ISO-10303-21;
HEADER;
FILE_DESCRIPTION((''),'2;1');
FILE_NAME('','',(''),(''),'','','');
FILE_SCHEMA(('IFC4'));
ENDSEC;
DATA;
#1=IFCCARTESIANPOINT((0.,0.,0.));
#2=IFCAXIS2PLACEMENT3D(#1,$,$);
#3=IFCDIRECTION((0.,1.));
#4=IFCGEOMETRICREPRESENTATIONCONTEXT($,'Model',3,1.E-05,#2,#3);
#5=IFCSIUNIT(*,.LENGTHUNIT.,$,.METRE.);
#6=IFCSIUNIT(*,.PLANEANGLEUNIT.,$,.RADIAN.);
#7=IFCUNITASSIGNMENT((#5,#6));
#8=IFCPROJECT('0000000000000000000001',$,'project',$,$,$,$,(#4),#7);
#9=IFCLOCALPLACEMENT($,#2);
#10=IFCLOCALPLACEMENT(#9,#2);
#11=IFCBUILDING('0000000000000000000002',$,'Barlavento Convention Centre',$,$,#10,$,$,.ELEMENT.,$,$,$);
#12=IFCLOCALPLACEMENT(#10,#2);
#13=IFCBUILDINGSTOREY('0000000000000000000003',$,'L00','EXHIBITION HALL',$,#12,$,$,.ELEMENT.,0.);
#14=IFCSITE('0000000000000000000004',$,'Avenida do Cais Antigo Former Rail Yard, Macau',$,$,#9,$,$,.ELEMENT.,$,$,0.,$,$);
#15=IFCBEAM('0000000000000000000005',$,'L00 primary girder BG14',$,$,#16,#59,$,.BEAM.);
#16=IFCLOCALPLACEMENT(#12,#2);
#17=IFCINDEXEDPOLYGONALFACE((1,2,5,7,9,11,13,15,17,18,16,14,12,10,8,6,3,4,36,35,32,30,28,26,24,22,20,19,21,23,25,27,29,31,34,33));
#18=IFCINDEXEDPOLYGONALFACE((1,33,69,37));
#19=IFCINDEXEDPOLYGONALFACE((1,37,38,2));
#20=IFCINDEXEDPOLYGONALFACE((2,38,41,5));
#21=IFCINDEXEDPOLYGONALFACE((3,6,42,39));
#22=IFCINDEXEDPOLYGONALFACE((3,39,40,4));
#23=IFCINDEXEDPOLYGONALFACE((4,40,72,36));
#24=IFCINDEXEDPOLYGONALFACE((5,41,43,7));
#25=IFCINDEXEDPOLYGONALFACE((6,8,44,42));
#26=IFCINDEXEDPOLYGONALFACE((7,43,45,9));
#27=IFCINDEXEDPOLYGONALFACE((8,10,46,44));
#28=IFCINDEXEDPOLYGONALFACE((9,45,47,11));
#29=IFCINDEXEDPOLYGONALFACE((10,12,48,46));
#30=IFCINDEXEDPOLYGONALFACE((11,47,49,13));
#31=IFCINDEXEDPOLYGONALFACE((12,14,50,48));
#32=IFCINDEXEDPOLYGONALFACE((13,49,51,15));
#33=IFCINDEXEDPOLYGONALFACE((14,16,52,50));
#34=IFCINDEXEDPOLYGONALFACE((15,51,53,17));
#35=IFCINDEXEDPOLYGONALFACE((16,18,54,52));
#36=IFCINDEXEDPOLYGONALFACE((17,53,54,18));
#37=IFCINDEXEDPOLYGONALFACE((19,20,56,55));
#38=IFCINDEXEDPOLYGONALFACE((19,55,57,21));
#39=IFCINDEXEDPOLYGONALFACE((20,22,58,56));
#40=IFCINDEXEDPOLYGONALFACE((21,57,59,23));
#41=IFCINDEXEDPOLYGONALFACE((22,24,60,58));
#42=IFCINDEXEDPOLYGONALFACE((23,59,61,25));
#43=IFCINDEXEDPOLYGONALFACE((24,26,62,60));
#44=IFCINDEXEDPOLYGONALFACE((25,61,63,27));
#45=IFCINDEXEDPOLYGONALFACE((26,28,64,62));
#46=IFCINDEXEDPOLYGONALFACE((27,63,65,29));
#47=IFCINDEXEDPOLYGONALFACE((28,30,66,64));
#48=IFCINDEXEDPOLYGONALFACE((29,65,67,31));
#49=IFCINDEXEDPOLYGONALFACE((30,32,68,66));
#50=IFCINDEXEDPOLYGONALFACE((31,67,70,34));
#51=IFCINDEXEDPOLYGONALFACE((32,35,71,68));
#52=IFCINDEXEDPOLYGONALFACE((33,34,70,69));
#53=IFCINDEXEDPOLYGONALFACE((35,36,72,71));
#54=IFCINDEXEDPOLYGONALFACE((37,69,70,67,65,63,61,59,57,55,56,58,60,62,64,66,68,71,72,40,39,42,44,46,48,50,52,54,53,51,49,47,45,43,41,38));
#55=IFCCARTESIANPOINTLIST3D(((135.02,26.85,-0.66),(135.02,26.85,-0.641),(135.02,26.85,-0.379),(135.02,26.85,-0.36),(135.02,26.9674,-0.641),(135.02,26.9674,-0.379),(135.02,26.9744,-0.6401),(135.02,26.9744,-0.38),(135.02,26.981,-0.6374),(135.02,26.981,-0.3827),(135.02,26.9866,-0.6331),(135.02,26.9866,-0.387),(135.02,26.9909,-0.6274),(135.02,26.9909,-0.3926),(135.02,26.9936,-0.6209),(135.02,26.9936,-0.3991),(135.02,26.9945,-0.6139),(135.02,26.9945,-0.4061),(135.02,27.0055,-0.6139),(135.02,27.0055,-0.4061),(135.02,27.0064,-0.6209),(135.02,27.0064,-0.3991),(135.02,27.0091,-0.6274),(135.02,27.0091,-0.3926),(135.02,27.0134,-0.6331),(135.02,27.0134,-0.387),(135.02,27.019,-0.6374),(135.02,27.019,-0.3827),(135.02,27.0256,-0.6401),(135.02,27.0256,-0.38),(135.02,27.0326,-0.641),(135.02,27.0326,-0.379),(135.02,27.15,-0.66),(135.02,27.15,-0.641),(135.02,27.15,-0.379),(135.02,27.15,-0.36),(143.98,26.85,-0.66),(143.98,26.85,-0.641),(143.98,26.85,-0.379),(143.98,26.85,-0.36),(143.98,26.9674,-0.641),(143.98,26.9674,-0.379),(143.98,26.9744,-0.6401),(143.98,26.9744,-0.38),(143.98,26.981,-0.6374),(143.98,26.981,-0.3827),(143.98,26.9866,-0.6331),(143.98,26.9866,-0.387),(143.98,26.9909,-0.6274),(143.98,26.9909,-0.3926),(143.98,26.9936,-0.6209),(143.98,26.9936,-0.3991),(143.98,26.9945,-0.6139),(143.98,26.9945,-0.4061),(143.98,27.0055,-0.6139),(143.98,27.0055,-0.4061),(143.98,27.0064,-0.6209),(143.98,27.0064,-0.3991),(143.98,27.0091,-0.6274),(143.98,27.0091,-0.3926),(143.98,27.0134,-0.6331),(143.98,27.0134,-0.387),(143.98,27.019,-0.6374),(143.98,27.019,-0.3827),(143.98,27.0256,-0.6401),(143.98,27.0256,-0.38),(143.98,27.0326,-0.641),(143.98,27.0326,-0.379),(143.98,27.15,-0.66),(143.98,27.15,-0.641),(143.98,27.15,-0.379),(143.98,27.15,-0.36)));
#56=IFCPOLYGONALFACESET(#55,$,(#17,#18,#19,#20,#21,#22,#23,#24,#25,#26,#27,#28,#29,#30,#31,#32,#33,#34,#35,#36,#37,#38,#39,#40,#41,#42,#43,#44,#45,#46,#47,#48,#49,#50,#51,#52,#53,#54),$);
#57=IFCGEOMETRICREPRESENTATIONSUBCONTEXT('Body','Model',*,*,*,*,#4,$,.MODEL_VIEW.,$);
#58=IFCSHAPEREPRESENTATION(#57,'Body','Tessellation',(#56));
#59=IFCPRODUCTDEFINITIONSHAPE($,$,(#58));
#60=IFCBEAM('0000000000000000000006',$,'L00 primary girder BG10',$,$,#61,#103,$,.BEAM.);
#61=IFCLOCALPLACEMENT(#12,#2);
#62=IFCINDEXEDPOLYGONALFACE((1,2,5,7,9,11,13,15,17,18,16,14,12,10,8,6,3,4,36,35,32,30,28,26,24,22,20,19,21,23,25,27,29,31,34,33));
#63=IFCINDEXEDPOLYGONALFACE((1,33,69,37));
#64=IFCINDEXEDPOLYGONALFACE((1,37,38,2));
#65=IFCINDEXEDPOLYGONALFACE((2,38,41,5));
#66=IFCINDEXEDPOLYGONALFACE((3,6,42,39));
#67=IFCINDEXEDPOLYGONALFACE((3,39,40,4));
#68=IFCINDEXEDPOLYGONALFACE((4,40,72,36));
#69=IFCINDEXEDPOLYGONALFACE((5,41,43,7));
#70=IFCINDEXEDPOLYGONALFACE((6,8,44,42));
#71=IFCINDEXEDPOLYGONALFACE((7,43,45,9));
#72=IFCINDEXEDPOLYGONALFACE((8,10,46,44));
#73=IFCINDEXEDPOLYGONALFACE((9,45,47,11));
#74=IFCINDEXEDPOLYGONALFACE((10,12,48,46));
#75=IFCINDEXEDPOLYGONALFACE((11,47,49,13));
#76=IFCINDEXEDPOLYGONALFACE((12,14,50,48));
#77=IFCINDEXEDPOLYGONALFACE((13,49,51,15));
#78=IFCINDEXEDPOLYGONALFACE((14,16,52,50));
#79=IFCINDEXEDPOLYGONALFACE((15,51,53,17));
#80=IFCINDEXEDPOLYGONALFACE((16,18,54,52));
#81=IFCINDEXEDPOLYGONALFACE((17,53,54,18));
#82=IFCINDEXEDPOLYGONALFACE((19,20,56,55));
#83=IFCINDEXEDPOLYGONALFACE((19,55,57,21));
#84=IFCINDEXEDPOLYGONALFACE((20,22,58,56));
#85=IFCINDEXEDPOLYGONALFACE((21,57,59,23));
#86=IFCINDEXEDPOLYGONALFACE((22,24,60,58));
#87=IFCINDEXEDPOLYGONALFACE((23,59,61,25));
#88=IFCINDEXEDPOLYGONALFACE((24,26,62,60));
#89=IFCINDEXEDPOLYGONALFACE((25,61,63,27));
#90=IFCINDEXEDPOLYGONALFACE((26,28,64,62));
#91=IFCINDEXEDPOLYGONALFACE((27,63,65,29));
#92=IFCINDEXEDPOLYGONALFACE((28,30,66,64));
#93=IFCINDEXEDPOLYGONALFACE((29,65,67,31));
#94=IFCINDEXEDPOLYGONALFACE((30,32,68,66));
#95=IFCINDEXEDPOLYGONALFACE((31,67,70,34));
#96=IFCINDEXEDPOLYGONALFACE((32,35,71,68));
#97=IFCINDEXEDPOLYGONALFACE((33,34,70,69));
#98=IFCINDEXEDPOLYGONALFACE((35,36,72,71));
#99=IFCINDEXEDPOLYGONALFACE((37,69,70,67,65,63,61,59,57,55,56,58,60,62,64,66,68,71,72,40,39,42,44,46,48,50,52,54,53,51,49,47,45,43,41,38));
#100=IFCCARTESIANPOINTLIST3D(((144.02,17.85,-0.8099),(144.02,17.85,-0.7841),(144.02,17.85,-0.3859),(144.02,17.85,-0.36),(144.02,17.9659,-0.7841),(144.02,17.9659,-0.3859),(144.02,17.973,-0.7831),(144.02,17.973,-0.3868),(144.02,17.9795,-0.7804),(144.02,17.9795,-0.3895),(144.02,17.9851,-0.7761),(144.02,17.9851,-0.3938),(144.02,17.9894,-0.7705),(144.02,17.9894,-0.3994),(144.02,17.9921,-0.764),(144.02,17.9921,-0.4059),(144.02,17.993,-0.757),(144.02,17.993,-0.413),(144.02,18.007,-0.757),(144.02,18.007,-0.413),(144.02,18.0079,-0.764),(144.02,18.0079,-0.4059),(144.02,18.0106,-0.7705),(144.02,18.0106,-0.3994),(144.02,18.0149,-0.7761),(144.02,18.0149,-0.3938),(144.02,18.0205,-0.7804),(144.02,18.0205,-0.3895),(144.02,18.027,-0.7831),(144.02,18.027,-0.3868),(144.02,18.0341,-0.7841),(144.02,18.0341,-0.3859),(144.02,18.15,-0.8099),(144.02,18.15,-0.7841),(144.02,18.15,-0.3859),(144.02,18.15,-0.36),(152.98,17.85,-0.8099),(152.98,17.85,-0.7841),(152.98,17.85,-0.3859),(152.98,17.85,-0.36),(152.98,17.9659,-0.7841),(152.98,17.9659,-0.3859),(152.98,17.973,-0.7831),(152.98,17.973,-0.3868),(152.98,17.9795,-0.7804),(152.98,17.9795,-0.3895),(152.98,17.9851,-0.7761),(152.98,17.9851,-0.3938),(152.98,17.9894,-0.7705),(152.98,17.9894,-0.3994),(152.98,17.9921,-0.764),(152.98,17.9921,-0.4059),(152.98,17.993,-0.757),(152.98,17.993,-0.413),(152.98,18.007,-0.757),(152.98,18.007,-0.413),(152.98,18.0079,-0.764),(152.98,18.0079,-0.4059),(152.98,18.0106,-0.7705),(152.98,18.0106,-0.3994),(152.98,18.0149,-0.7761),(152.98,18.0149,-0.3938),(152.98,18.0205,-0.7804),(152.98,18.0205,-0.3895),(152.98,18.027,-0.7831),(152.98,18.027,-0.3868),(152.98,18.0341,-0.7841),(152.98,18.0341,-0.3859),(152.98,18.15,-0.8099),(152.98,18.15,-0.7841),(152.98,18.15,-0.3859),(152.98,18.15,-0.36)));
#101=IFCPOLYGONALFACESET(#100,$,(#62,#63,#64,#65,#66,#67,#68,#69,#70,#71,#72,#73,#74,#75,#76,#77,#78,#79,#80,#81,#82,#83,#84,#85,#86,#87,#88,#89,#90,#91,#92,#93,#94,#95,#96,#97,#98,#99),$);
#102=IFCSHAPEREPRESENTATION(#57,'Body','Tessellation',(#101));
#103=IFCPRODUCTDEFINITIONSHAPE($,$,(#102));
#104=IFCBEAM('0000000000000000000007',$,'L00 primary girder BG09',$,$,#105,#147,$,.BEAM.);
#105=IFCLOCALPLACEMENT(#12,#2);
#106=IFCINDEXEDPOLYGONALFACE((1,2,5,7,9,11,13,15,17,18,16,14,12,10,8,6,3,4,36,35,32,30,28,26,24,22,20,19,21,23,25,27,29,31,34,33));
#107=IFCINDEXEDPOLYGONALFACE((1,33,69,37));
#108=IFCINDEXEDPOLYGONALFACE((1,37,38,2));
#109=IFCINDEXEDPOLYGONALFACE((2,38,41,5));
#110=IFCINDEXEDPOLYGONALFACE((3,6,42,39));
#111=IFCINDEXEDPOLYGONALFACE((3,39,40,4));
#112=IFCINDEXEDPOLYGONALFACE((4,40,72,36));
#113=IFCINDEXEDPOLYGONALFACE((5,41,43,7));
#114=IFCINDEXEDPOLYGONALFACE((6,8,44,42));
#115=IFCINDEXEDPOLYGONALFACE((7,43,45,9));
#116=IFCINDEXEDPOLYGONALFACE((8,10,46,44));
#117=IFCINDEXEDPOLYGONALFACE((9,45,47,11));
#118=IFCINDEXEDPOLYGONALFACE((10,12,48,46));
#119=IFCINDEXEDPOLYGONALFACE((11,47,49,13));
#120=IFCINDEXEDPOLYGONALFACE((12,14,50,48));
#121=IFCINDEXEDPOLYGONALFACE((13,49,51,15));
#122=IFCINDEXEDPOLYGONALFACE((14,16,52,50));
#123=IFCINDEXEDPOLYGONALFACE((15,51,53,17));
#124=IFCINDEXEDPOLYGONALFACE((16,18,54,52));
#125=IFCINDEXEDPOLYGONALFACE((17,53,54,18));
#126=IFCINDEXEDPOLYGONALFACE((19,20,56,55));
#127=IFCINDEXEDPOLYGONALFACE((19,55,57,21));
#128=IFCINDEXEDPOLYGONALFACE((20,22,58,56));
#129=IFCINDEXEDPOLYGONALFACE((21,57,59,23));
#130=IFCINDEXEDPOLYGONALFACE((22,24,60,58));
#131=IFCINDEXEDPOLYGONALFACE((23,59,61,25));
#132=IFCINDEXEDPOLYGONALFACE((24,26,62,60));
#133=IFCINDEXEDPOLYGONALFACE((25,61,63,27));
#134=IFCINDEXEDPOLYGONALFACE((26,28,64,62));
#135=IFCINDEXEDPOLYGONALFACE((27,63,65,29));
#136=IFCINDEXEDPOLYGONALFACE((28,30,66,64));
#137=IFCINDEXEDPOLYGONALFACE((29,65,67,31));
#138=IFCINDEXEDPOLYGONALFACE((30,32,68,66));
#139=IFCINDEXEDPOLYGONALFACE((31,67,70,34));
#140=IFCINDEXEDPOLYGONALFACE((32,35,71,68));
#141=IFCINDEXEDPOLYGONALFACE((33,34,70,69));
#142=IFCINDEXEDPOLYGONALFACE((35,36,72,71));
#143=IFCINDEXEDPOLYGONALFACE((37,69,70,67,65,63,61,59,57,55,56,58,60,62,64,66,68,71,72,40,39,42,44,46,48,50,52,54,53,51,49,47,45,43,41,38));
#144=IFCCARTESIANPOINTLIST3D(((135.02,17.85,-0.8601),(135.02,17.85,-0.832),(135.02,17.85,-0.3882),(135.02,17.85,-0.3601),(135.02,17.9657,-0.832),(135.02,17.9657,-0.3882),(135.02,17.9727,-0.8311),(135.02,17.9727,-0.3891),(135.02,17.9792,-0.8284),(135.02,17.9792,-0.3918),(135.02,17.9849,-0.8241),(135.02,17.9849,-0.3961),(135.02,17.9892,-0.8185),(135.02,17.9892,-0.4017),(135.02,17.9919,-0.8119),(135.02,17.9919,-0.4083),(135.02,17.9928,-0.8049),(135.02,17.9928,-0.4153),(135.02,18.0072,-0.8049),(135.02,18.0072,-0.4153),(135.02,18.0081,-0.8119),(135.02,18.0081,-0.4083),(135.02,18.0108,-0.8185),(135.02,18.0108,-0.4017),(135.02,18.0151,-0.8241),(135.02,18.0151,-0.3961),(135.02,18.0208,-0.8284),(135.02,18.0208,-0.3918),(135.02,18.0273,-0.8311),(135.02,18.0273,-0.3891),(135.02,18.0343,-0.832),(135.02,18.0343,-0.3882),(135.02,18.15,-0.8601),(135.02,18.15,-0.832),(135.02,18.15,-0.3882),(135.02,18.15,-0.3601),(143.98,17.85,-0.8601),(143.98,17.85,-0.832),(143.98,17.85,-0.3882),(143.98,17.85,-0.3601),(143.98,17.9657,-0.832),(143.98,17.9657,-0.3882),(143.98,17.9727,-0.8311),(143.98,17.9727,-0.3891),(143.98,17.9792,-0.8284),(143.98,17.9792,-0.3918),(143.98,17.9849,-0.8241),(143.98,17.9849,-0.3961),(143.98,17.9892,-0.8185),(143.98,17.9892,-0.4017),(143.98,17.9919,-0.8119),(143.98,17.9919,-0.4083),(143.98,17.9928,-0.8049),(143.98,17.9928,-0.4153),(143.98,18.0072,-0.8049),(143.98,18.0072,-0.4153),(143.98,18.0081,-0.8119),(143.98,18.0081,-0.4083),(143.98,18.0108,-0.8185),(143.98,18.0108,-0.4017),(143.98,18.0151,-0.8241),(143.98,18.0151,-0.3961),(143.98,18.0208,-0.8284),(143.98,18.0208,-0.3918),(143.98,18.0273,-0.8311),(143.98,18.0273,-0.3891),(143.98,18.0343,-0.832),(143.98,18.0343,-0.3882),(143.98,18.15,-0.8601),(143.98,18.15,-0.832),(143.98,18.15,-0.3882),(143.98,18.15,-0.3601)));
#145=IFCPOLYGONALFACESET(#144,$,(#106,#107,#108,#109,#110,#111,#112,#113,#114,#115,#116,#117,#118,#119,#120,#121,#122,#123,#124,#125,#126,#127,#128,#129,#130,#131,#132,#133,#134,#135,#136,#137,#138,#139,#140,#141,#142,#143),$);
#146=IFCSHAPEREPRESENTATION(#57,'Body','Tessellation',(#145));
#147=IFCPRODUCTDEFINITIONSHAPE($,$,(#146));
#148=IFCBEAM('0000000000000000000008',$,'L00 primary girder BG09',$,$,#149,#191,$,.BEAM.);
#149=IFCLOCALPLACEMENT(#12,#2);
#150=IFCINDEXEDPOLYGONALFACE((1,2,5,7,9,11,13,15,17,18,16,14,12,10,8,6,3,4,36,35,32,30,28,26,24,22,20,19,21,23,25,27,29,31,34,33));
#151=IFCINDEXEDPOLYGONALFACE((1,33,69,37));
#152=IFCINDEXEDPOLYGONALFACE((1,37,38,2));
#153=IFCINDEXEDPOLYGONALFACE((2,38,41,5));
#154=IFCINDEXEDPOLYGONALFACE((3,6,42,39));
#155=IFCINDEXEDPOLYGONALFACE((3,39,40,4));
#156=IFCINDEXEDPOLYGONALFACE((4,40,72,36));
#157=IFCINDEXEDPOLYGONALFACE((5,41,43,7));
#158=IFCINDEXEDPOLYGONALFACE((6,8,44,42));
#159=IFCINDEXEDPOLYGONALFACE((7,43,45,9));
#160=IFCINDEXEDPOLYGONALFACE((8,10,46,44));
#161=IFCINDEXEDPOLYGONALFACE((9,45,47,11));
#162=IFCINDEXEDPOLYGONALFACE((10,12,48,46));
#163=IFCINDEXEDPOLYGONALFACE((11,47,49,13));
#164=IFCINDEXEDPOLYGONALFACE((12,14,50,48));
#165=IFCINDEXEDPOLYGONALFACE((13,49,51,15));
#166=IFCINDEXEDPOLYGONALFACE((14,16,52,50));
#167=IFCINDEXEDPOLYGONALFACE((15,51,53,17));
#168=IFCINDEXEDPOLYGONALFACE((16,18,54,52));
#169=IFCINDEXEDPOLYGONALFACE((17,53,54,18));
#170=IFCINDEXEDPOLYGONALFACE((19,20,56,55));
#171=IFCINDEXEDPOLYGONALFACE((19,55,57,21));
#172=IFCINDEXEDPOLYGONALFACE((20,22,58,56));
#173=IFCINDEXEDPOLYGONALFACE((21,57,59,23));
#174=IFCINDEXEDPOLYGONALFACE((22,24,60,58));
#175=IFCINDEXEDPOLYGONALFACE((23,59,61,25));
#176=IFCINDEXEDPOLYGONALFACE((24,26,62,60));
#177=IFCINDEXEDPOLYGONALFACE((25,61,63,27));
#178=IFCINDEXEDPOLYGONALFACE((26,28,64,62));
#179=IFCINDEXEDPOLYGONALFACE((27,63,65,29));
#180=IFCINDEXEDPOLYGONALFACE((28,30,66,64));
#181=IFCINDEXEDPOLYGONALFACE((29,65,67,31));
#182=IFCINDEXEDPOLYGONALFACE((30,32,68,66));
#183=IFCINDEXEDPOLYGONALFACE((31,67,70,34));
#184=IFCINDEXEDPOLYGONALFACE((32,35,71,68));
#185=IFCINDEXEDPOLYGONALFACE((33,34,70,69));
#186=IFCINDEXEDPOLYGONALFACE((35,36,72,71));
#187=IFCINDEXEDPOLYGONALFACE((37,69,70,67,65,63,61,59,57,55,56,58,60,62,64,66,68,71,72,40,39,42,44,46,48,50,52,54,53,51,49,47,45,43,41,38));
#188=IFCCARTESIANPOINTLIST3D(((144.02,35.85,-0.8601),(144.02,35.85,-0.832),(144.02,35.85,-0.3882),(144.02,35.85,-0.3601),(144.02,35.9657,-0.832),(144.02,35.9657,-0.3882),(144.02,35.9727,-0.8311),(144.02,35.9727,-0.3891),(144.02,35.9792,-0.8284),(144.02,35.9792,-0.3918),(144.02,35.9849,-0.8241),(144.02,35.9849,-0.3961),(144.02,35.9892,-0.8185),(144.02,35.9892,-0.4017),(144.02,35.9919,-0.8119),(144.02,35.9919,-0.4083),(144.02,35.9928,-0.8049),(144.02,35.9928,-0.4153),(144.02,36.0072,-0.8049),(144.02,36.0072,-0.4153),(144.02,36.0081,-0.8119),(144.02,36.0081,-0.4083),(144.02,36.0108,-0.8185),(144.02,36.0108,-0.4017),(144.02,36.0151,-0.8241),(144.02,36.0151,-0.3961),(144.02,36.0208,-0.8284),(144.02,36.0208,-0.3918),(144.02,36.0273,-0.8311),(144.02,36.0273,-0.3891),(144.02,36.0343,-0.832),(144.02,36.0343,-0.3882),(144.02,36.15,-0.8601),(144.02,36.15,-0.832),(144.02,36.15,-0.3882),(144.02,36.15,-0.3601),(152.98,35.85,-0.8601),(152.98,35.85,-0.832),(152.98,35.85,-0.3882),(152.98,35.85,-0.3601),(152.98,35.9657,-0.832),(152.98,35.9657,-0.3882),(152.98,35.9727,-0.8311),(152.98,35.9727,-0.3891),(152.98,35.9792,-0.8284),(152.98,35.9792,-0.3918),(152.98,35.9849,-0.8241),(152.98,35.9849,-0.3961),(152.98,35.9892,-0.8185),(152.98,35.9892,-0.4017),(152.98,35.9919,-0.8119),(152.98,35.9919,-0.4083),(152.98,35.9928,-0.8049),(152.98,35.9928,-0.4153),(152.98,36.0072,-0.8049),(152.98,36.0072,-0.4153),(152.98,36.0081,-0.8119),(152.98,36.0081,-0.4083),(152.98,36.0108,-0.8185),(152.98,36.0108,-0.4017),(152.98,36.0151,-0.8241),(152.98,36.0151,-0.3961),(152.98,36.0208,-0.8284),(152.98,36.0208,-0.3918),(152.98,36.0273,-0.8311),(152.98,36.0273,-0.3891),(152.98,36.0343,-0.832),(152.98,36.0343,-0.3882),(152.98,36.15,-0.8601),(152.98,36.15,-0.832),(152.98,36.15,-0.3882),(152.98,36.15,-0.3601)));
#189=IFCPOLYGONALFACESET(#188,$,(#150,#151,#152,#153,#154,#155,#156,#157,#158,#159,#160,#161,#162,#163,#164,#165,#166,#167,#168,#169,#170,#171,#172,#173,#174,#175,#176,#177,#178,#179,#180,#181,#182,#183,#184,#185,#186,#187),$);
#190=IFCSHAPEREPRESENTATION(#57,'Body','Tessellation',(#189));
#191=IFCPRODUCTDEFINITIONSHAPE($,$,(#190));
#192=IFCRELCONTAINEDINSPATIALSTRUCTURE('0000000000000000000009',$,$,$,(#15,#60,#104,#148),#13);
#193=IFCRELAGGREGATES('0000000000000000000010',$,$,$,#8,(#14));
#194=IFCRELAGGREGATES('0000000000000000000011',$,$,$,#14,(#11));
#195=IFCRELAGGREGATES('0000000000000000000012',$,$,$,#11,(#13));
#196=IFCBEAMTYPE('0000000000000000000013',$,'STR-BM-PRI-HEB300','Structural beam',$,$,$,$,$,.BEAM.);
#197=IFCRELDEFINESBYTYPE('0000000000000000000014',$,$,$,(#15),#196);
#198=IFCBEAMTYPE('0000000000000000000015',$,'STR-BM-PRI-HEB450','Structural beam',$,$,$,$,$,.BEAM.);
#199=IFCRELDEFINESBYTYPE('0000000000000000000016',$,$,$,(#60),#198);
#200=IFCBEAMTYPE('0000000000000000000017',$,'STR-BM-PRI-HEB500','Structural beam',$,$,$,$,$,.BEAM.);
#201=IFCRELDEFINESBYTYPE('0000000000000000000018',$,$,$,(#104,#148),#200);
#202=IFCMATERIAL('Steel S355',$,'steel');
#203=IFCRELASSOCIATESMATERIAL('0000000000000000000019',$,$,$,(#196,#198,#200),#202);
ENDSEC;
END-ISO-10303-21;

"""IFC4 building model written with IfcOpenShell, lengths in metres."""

from ifc_helpers import new_model, si_unit, direction, frame, origin, origin_2d, place, context, subcontext, project, spatial, i_section, extrude, material, material_profile, profile_set, type_object, element, save


model = new_model("IFC4")

# Units and contexts
model_context = context("Model", 3, precision=1e-05, world=origin(), true_north=direction((0.0, 1.0)))
body_context = subcontext(model_context, "Body", "Model", "MODEL_VIEW")
ifc_project = project(units=[si_unit("LENGTHUNIT", "METRE"), si_unit("PLANEANGLEUNIT", "RADIAN")], contexts=[model_context])

# Site, building, storey
site_placement = place(None, origin())
site = spatial("IfcSite", under=ifc_project, at=site_placement, Name="Avenida do Cais Antigo Former Rail Yard, Macau", CompositionType="ELEMENT", RefElevation=0.0)
building_placement = place(site_placement, origin())
building = spatial("IfcBuilding", under=site, at=building_placement, Name="Barlavento Convention Centre", CompositionType="ELEMENT")
storey_placement = place(building_placement, origin())
storey = spatial("IfcBuildingStorey", under=building, at=storey_placement, Name="L00", Description="EXHIBITION HALL", CompositionType="ELEMENT", Elevation=0.0)

# Beams
ifc_material_1 = material(Name="Steel S355", Category="steel")
ifc_material_profile_1 = material_profile(ifc_material_1, i_section(OverallWidth=0.3, OverallDepth=0.3, WebThickness=0.011, FlangeThickness=0.019, FilletRadius=0.0271, at=origin_2d()), Name="HEB 300")
ifc_profile_set_1 = profile_set([ifc_material_profile_1], Name="Steel S355")
beam_type_1 = type_object("IfcBeamType", Name="STR-BM-PRI-HEB300", Description="Structural beam", PredefinedType="BEAM", material=ifc_profile_set_1)
beam_1_placement = place(storey_placement, frame((135.02, 27.0, -0.51), z_axis=(1.0, 0.0, 0.0), x_axis=(0.0, 1.0, 0.0)))
element("IfcBeam", 1, at=beam_1_placement, inside=storey, type_object=beam_type_1, Name="L00 primary girder BG14", PredefinedType="BEAM", context=body_context, shape_type="SweptSolid", body=[
    extrude(i_section(OverallWidth=0.3, OverallDepth=0.3, WebThickness=0.011, FlangeThickness=0.019, FilletRadius=0.0271, at=origin_2d()), origin(), (0.0, 0.0, 1.0), 8.96),
])
ifc_material_profile_2 = material_profile(ifc_material_1, i_section(OverallWidth=0.3, OverallDepth=0.45, WebThickness=0.0139, FlangeThickness=0.0259, FilletRadius=0.0271, at=origin_2d()), Name="HEB 450")
ifc_profile_set_2 = profile_set([ifc_material_profile_2], Name="Steel S355")
beam_type_2 = type_object("IfcBeamType", Name="STR-BM-PRI-HEB450", Description="Structural beam", PredefinedType="BEAM", material=ifc_profile_set_2)
beam_2_placement = place(storey_placement, frame((144.02, 18.0, -0.585), z_axis=(1.0, 0.0, 0.0), x_axis=(0.0, 1.0, 0.0)))
element("IfcBeam", 2, at=beam_2_placement, inside=storey, type_object=beam_type_2, Name="L00 primary girder BG10", PredefinedType="BEAM", context=body_context, shape_type="SweptSolid", body=[
    extrude(i_section(OverallWidth=0.3, OverallDepth=0.45, WebThickness=0.0139, FlangeThickness=0.0259, FilletRadius=0.0271, at=origin_2d()), origin(), (0.0, 0.0, 1.0), 8.96),
])
ifc_material_profile_3 = material_profile(ifc_material_1, i_section(OverallWidth=0.3, OverallDepth=0.5, WebThickness=0.0144, FlangeThickness=0.0281, FilletRadius=0.0271, at=origin_2d()), Name="HEB 500")
ifc_profile_set_3 = profile_set([ifc_material_profile_3], Name="Steel S355")
beam_type_3 = type_object("IfcBeamType", Name="STR-BM-PRI-HEB500", Description="Structural beam", PredefinedType="BEAM", material=ifc_profile_set_3)
for number, where, z_axis, x_axis, name in (
    (3, (135.02, 18.0, -0.6101), (1.0, 0.0, 0.0), (0.0, 1.0, 0.0), "L00 primary girder BG09"),
    (4, (144.02, 36.0, -0.6101), (1.0, 0.0, 0.0), (0.0, 1.0, 0.0), "L00 primary girder BG09"),
):
    element("IfcBeam", number, at=place(storey_placement, frame(where, z_axis=z_axis, x_axis=x_axis)), inside=storey, type_object=beam_type_3, Name=name, PredefinedType="BEAM", context=body_context, shape_type="SweptSolid", body=[
        extrude(i_section(OverallWidth=0.3, OverallDepth=0.5, WebThickness=0.0144, FlangeThickness=0.0281, FilletRadius=0.0271, at=origin_2d()), origin(), (0.0, 0.0, 1.0), 8.96),
    ])

save(model, "model.ifc")
